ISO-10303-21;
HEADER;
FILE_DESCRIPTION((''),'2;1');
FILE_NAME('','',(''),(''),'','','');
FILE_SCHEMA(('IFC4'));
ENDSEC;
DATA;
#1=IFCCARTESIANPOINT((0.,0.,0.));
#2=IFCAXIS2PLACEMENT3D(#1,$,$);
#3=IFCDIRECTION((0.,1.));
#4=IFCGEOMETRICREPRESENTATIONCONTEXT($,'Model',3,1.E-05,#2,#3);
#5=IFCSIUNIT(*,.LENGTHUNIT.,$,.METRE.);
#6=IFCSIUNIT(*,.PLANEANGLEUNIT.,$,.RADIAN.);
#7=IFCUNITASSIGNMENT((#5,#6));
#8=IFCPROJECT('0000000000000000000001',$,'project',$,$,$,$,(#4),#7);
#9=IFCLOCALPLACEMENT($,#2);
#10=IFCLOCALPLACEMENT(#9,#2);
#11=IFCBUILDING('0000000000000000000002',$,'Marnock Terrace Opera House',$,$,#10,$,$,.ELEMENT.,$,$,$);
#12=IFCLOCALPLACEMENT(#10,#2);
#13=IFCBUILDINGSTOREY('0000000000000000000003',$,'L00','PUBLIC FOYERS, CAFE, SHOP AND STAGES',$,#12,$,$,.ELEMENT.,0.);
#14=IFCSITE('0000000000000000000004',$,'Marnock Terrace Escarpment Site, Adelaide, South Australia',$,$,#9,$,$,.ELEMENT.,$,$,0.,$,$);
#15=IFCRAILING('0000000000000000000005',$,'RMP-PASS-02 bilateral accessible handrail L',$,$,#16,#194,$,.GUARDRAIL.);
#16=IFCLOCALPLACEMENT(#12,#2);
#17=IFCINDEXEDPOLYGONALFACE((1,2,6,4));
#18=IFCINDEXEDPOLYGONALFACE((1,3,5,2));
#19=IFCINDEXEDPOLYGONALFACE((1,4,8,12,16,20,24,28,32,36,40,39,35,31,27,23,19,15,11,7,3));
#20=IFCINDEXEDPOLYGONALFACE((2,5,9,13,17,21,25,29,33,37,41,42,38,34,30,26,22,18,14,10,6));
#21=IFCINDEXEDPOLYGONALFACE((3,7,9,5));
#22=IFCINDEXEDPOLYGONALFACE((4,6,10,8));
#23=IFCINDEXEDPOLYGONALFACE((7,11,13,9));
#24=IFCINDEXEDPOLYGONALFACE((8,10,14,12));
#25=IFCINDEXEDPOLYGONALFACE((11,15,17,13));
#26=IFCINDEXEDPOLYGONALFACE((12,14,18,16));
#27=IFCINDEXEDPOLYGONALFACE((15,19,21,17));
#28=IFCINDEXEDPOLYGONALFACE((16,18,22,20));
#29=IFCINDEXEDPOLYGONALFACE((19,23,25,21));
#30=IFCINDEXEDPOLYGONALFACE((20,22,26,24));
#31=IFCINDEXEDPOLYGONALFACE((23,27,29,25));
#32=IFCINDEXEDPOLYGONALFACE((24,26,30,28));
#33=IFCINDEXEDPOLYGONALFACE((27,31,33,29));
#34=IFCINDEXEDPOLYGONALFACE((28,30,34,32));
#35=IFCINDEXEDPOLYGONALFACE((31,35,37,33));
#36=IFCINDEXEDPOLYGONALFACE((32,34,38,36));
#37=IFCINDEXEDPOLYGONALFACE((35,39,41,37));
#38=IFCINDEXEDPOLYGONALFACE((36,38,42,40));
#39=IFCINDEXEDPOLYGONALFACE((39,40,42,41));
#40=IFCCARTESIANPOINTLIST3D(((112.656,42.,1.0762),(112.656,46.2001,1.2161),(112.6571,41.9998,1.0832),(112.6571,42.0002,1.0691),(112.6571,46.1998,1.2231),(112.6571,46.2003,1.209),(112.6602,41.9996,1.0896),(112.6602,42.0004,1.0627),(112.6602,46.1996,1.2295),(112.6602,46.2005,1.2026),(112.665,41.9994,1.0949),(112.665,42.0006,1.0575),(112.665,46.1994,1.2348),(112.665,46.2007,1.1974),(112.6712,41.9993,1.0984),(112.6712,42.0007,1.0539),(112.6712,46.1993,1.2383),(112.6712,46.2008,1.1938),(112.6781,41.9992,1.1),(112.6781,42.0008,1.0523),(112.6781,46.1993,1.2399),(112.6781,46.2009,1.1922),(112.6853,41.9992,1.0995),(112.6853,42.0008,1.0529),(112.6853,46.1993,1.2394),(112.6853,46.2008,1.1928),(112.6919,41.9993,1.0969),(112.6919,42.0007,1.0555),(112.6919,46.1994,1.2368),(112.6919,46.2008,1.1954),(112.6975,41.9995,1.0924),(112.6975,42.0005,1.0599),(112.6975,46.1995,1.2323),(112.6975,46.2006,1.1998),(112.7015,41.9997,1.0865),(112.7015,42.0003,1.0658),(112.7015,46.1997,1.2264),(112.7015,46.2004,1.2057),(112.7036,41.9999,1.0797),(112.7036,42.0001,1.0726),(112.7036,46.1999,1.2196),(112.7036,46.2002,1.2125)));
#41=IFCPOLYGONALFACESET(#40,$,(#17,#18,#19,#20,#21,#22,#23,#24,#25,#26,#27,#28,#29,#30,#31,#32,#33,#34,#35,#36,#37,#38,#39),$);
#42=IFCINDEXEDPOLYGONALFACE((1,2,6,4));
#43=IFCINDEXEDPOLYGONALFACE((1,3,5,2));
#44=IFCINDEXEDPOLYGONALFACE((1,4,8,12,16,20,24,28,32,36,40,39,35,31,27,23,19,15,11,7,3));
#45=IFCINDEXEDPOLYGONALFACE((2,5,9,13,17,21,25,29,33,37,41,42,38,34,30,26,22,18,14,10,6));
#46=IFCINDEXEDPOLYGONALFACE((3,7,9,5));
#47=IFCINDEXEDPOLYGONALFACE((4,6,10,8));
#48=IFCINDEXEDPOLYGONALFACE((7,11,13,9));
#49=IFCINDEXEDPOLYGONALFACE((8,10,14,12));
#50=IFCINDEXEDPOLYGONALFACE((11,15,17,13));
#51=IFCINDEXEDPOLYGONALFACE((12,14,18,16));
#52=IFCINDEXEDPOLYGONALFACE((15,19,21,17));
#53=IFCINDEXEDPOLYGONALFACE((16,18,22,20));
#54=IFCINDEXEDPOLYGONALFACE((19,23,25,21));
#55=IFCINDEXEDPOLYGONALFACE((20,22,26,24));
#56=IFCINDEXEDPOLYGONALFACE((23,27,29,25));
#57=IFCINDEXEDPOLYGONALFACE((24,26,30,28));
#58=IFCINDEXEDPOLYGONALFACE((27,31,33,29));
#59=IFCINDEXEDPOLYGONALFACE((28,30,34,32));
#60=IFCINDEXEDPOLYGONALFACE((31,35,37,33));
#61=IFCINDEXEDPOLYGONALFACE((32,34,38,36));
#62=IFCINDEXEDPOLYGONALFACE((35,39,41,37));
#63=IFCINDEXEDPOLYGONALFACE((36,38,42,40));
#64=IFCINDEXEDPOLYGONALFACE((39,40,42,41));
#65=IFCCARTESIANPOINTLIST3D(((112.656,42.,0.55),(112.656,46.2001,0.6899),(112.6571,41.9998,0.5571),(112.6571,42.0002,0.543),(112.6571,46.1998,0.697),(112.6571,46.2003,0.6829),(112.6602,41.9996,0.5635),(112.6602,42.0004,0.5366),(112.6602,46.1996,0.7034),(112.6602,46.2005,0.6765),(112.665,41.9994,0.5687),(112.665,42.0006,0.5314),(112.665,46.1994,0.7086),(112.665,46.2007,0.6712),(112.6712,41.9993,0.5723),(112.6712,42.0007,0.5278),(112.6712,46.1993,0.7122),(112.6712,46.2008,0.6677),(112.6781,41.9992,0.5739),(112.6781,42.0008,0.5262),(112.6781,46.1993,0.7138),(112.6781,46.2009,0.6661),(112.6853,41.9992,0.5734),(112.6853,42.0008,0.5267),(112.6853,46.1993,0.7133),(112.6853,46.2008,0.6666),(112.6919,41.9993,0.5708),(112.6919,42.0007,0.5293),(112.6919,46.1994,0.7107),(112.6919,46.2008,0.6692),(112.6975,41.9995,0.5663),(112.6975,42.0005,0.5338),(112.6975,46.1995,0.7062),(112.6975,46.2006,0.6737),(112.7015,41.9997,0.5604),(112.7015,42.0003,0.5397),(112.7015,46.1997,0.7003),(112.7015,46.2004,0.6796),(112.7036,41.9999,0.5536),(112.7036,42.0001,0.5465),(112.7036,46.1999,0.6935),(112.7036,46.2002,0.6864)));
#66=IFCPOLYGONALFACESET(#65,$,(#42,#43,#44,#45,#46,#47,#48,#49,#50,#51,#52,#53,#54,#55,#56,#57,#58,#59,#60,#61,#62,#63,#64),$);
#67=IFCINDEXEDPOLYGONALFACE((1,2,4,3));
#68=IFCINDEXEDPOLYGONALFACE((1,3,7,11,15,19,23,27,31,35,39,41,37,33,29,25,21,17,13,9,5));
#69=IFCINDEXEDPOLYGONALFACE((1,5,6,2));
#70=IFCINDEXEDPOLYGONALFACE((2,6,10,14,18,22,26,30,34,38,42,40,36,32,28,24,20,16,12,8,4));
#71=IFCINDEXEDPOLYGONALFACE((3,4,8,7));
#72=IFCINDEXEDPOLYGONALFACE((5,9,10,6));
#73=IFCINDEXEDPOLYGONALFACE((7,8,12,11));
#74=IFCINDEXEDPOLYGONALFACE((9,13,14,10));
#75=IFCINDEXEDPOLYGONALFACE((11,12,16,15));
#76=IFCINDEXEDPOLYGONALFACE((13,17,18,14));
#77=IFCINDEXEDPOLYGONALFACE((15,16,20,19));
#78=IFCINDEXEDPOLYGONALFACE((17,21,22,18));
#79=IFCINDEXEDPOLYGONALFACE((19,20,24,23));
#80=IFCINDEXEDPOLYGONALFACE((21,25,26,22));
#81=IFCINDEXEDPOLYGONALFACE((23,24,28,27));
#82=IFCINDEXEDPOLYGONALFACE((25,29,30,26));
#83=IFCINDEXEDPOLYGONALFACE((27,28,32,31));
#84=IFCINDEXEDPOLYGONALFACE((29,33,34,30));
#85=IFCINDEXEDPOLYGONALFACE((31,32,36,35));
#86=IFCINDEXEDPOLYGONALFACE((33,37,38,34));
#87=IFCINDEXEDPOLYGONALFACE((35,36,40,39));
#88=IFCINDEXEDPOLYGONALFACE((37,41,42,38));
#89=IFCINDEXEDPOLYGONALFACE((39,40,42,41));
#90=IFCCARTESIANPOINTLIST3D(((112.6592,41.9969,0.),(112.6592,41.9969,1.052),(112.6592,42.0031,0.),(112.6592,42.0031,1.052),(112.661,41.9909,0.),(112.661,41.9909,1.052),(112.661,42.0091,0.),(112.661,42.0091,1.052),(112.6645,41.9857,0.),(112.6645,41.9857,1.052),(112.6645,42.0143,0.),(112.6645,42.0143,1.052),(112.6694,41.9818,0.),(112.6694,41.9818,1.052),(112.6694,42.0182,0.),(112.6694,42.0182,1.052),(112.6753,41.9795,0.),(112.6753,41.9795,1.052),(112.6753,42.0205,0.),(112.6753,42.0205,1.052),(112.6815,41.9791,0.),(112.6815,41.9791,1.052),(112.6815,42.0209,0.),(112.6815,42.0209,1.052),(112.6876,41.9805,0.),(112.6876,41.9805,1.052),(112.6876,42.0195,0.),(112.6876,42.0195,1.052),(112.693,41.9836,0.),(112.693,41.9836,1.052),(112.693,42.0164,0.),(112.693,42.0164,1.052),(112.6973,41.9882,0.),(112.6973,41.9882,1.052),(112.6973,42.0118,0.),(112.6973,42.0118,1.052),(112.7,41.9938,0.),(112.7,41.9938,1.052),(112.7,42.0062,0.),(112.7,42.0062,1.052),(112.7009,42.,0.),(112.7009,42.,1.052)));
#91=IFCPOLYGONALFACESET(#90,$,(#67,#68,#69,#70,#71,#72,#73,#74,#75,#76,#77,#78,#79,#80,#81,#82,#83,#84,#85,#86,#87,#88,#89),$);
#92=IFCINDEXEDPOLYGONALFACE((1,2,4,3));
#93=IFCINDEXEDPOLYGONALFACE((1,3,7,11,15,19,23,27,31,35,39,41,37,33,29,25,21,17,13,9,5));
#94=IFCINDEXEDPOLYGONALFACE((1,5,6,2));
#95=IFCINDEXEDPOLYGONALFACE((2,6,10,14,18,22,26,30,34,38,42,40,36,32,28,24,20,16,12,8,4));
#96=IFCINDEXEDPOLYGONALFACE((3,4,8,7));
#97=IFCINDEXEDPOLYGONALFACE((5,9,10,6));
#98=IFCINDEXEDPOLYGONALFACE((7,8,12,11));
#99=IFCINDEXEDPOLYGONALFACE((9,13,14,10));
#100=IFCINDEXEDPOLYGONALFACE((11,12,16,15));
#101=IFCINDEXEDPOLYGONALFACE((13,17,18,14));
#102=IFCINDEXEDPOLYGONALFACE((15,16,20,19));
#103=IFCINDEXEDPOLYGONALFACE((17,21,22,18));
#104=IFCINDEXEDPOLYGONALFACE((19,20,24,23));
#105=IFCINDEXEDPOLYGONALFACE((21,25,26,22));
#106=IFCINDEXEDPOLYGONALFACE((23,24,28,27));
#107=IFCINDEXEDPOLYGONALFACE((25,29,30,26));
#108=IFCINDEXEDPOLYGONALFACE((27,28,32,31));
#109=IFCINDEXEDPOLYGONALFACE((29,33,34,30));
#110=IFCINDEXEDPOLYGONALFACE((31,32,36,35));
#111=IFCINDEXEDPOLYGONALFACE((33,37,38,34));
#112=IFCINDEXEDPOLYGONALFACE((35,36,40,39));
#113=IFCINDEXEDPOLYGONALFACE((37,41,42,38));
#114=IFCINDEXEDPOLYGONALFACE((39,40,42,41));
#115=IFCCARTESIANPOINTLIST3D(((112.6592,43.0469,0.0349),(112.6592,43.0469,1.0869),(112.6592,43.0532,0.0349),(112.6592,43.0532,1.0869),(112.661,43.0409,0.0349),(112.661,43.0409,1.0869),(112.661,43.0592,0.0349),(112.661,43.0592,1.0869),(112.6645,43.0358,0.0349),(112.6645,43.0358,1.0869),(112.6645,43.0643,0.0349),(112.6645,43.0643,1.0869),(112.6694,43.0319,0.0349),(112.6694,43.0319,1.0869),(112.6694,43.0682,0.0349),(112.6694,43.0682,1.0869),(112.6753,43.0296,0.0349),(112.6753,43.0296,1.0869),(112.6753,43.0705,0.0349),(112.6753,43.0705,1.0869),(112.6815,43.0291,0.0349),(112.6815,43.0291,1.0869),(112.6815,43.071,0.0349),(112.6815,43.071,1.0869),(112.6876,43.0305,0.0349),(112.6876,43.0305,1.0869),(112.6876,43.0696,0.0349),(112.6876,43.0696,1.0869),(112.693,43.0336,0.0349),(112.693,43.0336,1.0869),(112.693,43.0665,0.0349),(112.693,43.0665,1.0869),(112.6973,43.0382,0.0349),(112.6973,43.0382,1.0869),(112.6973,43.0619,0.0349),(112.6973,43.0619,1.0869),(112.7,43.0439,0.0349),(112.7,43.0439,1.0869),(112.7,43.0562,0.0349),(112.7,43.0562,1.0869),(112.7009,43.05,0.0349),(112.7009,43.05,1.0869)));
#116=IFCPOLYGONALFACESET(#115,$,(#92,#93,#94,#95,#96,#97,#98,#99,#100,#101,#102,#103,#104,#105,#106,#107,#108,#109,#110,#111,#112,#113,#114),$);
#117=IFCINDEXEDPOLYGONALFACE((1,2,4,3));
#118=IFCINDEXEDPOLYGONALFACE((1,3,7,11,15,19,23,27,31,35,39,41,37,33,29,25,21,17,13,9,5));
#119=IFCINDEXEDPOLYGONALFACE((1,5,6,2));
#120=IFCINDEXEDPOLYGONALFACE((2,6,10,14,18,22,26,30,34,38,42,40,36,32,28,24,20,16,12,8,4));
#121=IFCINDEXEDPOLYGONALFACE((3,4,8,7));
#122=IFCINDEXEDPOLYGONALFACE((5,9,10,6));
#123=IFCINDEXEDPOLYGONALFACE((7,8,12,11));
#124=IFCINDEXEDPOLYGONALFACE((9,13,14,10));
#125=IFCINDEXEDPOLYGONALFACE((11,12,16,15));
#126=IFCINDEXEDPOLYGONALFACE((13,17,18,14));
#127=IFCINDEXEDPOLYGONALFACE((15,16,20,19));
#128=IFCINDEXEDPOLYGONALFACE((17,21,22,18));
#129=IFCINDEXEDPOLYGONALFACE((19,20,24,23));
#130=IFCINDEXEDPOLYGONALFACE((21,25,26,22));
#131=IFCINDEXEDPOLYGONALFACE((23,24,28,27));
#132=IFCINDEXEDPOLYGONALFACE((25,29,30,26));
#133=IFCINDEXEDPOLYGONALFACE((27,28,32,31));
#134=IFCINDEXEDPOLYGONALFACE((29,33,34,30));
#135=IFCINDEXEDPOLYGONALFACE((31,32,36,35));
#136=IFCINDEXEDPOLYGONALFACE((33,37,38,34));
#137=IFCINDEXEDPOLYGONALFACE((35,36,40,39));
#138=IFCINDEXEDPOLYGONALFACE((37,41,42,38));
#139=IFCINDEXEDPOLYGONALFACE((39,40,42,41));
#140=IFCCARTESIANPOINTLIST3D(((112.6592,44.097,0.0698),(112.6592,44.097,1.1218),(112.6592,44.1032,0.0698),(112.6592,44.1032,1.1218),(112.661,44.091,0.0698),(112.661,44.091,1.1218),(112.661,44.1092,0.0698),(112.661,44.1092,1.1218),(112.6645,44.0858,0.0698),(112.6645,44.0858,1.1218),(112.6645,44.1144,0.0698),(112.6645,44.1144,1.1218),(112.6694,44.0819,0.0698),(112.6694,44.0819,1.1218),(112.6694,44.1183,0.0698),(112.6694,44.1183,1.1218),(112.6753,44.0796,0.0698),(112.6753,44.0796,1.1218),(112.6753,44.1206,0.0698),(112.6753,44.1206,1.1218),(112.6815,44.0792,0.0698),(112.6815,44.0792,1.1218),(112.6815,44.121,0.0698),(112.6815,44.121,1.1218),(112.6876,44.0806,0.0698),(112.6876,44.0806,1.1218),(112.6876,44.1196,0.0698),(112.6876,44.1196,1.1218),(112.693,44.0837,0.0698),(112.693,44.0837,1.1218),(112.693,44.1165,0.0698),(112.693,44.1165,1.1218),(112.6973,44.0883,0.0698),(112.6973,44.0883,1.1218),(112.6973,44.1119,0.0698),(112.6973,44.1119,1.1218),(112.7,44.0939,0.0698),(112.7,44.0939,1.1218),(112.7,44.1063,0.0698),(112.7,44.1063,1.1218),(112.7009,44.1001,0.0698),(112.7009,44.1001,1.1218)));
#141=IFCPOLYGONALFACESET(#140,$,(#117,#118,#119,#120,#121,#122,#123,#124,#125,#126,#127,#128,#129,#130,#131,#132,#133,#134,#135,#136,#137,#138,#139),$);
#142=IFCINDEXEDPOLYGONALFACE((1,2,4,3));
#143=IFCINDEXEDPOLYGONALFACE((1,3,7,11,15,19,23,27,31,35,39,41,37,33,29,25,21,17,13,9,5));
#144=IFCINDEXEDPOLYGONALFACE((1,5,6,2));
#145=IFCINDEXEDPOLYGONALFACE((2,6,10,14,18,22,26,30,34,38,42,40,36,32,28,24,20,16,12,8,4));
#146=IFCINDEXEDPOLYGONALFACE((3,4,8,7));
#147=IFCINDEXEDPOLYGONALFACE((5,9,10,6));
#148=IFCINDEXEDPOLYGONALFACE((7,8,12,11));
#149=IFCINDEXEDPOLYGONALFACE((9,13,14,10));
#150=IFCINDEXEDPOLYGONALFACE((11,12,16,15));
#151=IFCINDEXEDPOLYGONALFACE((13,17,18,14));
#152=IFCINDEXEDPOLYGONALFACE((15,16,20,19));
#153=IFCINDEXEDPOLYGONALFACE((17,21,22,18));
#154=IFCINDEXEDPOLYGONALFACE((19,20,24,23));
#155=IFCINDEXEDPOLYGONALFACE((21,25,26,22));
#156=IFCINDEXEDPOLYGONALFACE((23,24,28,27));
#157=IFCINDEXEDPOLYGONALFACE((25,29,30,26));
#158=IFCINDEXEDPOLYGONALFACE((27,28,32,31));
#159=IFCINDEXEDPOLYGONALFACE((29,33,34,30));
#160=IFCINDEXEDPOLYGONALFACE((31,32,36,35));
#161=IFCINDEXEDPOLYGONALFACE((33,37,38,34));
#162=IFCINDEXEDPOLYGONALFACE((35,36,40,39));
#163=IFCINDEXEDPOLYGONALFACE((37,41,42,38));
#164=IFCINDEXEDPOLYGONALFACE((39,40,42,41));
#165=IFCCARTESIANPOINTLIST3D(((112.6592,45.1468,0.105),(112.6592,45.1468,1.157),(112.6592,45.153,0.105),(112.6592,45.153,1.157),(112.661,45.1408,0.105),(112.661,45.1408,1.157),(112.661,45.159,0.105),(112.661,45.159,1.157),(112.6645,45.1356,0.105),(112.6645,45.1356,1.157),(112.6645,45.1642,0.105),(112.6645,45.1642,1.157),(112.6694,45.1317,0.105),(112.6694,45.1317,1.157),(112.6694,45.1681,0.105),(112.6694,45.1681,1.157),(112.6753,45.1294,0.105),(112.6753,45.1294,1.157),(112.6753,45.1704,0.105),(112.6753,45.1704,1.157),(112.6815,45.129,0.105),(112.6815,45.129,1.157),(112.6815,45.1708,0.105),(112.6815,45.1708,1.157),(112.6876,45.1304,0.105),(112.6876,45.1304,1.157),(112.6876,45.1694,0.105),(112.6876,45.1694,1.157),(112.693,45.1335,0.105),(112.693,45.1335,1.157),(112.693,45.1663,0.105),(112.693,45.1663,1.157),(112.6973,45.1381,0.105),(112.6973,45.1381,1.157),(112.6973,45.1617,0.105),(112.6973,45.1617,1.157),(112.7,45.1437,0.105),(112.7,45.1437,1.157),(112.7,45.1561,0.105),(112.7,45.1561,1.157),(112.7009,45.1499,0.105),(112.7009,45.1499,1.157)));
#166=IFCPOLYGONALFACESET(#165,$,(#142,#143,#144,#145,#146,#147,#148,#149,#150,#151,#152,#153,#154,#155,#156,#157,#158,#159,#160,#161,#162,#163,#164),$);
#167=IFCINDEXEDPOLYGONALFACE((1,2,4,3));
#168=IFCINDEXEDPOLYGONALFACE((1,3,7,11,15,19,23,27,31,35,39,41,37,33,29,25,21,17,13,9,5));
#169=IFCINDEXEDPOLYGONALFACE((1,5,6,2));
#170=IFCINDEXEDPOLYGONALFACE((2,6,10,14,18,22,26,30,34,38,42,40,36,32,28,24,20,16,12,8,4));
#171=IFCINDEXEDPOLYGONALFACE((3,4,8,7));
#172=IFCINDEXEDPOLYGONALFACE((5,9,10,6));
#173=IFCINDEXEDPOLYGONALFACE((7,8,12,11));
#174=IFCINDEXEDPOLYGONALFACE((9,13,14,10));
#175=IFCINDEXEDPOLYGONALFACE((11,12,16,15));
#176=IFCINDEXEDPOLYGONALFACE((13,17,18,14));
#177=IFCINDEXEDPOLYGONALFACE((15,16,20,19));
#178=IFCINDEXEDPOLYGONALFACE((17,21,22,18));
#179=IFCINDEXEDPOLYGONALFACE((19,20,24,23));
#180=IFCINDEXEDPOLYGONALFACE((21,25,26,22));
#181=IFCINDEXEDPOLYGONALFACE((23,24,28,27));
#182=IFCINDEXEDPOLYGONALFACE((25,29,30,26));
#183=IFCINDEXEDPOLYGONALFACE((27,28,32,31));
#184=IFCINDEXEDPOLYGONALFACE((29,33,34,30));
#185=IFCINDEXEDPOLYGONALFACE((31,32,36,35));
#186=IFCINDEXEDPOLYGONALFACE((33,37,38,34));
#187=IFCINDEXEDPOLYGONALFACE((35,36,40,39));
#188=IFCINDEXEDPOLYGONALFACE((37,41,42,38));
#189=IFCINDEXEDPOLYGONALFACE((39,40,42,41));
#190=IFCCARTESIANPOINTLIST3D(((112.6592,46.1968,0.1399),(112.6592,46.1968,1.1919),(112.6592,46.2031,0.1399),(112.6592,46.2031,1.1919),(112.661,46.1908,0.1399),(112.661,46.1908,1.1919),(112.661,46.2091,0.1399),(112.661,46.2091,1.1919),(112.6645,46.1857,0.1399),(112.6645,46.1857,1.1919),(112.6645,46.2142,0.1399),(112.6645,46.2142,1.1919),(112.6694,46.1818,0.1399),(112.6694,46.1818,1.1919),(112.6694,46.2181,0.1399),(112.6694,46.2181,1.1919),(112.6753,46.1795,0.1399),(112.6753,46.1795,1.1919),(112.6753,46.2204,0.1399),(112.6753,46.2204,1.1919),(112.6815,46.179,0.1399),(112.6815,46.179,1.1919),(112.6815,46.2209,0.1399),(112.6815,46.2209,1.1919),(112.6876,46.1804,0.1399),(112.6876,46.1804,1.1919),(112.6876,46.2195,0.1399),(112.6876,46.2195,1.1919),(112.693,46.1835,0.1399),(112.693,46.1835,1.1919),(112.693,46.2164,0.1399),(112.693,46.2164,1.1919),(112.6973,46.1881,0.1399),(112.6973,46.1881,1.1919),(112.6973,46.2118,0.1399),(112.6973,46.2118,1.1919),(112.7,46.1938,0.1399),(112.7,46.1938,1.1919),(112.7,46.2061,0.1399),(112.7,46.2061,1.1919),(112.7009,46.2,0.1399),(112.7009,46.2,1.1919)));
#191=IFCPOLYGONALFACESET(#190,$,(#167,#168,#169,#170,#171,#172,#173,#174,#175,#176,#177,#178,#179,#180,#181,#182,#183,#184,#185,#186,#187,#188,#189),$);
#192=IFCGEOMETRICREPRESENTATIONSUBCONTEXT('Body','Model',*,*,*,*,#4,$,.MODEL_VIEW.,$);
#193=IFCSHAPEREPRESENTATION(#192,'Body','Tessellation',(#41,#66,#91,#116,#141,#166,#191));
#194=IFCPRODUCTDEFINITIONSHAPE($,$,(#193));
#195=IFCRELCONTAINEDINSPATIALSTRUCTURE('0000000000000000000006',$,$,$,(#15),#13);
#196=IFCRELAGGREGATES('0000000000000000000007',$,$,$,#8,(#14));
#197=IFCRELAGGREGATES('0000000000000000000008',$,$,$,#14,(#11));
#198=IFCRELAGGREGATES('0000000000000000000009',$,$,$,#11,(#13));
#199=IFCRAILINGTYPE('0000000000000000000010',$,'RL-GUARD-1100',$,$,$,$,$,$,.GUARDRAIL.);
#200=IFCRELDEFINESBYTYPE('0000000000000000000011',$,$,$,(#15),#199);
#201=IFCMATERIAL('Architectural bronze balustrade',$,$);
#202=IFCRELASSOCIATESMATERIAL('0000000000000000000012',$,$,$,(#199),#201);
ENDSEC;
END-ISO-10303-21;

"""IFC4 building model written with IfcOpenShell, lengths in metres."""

from ifc_helpers import new_model, si_unit, direction, frame, origin, origin_2d, place, context, subcontext, project, spatial, circle, extrude, material, type_object, element, save


model = new_model("IFC4")

# Units and contexts
model_context = context("Model", 3, precision=1e-05, world=origin(), true_north=direction((0.0, 1.0)))
body_context = subcontext(model_context, "Body", "Model", "MODEL_VIEW")
ifc_project = project(units=[si_unit("LENGTHUNIT", "METRE"), si_unit("PLANEANGLEUNIT", "RADIAN")], contexts=[model_context])

# Site, building, storey
site_placement = place(None, origin())
site = spatial("IfcSite", under=ifc_project, at=site_placement, Name="Marnock Terrace Escarpment Site, Adelaide, South Australia", CompositionType="ELEMENT", RefElevation=0.0)
building_placement = place(site_placement, origin())
building = spatial("IfcBuilding", under=site, at=building_placement, Name="Marnock Terrace Opera House", CompositionType="ELEMENT")
storey_placement = place(building_placement, origin())
storey = spatial("IfcBuildingStorey", under=building, at=storey_placement, Name="L00", Description="PUBLIC FOYERS, CAFE, SHOP AND STAGES", CompositionType="ELEMENT", Elevation=0.0)

# Railing
ifc_material_1 = material(Name="Architectural bronze balustrade")
railing_type = type_object("IfcRailingType", Name="RL-GUARD-1100", PredefinedType="GUARDRAIL", material=ifc_material_1)
for number, where, name in (
    (1, (112.6799, 42.0, 0.0), "RMP-PASS-02 bilateral accessible handrail L"),
):
    element("IfcRailing", number, at=place(storey_placement, frame(where)), inside=storey, type_object=railing_type, Name=name, PredefinedType="GUARDRAIL", context=body_context, shape_type="SweptSolid", body=[
        extrude(circle(Radius=0.0239, at=origin_2d()), frame((0.0, 0.0, 1.0762), z_axis=(0.0, 0.999446, 0.03329), x_axis=(-1.0, 0.0, 0.0)), (0.0, 0.0, 1.0), 4.2024),
        extrude(circle(Radius=0.0239, at=origin_2d()), frame((0.0, 0.0, 0.55), z_axis=(0.0, 0.999446, 0.03329), x_axis=(-1.0, 0.0, 0.0)), (0.0, 0.0, 1.0), 4.2024),
        extrude(circle(Radius=0.021, at=origin_2d()), origin(), (0.0, 0.0, 1.0), 1.052),
        extrude(circle(Radius=0.021, at=origin_2d()), frame((0.0, 1.05, 0.0349)), (0.0, 0.0, 1.0), 1.052),
        extrude(circle(Radius=0.021, at=origin_2d()), frame((0.0, 2.1001, 0.0698)), (0.0, 0.0, 1.0), 1.052),
        extrude(circle(Radius=0.021, at=origin_2d()), frame((0.0, 3.1499, 0.105)), (0.0, 0.0, 1.0), 1.052),
        extrude(circle(Radius=0.021, at=origin_2d()), frame((0.0, 4.2, 0.1399)), (0.0, 0.0, 1.0), 1.052),
    ])

save(model, "model.ifc")
